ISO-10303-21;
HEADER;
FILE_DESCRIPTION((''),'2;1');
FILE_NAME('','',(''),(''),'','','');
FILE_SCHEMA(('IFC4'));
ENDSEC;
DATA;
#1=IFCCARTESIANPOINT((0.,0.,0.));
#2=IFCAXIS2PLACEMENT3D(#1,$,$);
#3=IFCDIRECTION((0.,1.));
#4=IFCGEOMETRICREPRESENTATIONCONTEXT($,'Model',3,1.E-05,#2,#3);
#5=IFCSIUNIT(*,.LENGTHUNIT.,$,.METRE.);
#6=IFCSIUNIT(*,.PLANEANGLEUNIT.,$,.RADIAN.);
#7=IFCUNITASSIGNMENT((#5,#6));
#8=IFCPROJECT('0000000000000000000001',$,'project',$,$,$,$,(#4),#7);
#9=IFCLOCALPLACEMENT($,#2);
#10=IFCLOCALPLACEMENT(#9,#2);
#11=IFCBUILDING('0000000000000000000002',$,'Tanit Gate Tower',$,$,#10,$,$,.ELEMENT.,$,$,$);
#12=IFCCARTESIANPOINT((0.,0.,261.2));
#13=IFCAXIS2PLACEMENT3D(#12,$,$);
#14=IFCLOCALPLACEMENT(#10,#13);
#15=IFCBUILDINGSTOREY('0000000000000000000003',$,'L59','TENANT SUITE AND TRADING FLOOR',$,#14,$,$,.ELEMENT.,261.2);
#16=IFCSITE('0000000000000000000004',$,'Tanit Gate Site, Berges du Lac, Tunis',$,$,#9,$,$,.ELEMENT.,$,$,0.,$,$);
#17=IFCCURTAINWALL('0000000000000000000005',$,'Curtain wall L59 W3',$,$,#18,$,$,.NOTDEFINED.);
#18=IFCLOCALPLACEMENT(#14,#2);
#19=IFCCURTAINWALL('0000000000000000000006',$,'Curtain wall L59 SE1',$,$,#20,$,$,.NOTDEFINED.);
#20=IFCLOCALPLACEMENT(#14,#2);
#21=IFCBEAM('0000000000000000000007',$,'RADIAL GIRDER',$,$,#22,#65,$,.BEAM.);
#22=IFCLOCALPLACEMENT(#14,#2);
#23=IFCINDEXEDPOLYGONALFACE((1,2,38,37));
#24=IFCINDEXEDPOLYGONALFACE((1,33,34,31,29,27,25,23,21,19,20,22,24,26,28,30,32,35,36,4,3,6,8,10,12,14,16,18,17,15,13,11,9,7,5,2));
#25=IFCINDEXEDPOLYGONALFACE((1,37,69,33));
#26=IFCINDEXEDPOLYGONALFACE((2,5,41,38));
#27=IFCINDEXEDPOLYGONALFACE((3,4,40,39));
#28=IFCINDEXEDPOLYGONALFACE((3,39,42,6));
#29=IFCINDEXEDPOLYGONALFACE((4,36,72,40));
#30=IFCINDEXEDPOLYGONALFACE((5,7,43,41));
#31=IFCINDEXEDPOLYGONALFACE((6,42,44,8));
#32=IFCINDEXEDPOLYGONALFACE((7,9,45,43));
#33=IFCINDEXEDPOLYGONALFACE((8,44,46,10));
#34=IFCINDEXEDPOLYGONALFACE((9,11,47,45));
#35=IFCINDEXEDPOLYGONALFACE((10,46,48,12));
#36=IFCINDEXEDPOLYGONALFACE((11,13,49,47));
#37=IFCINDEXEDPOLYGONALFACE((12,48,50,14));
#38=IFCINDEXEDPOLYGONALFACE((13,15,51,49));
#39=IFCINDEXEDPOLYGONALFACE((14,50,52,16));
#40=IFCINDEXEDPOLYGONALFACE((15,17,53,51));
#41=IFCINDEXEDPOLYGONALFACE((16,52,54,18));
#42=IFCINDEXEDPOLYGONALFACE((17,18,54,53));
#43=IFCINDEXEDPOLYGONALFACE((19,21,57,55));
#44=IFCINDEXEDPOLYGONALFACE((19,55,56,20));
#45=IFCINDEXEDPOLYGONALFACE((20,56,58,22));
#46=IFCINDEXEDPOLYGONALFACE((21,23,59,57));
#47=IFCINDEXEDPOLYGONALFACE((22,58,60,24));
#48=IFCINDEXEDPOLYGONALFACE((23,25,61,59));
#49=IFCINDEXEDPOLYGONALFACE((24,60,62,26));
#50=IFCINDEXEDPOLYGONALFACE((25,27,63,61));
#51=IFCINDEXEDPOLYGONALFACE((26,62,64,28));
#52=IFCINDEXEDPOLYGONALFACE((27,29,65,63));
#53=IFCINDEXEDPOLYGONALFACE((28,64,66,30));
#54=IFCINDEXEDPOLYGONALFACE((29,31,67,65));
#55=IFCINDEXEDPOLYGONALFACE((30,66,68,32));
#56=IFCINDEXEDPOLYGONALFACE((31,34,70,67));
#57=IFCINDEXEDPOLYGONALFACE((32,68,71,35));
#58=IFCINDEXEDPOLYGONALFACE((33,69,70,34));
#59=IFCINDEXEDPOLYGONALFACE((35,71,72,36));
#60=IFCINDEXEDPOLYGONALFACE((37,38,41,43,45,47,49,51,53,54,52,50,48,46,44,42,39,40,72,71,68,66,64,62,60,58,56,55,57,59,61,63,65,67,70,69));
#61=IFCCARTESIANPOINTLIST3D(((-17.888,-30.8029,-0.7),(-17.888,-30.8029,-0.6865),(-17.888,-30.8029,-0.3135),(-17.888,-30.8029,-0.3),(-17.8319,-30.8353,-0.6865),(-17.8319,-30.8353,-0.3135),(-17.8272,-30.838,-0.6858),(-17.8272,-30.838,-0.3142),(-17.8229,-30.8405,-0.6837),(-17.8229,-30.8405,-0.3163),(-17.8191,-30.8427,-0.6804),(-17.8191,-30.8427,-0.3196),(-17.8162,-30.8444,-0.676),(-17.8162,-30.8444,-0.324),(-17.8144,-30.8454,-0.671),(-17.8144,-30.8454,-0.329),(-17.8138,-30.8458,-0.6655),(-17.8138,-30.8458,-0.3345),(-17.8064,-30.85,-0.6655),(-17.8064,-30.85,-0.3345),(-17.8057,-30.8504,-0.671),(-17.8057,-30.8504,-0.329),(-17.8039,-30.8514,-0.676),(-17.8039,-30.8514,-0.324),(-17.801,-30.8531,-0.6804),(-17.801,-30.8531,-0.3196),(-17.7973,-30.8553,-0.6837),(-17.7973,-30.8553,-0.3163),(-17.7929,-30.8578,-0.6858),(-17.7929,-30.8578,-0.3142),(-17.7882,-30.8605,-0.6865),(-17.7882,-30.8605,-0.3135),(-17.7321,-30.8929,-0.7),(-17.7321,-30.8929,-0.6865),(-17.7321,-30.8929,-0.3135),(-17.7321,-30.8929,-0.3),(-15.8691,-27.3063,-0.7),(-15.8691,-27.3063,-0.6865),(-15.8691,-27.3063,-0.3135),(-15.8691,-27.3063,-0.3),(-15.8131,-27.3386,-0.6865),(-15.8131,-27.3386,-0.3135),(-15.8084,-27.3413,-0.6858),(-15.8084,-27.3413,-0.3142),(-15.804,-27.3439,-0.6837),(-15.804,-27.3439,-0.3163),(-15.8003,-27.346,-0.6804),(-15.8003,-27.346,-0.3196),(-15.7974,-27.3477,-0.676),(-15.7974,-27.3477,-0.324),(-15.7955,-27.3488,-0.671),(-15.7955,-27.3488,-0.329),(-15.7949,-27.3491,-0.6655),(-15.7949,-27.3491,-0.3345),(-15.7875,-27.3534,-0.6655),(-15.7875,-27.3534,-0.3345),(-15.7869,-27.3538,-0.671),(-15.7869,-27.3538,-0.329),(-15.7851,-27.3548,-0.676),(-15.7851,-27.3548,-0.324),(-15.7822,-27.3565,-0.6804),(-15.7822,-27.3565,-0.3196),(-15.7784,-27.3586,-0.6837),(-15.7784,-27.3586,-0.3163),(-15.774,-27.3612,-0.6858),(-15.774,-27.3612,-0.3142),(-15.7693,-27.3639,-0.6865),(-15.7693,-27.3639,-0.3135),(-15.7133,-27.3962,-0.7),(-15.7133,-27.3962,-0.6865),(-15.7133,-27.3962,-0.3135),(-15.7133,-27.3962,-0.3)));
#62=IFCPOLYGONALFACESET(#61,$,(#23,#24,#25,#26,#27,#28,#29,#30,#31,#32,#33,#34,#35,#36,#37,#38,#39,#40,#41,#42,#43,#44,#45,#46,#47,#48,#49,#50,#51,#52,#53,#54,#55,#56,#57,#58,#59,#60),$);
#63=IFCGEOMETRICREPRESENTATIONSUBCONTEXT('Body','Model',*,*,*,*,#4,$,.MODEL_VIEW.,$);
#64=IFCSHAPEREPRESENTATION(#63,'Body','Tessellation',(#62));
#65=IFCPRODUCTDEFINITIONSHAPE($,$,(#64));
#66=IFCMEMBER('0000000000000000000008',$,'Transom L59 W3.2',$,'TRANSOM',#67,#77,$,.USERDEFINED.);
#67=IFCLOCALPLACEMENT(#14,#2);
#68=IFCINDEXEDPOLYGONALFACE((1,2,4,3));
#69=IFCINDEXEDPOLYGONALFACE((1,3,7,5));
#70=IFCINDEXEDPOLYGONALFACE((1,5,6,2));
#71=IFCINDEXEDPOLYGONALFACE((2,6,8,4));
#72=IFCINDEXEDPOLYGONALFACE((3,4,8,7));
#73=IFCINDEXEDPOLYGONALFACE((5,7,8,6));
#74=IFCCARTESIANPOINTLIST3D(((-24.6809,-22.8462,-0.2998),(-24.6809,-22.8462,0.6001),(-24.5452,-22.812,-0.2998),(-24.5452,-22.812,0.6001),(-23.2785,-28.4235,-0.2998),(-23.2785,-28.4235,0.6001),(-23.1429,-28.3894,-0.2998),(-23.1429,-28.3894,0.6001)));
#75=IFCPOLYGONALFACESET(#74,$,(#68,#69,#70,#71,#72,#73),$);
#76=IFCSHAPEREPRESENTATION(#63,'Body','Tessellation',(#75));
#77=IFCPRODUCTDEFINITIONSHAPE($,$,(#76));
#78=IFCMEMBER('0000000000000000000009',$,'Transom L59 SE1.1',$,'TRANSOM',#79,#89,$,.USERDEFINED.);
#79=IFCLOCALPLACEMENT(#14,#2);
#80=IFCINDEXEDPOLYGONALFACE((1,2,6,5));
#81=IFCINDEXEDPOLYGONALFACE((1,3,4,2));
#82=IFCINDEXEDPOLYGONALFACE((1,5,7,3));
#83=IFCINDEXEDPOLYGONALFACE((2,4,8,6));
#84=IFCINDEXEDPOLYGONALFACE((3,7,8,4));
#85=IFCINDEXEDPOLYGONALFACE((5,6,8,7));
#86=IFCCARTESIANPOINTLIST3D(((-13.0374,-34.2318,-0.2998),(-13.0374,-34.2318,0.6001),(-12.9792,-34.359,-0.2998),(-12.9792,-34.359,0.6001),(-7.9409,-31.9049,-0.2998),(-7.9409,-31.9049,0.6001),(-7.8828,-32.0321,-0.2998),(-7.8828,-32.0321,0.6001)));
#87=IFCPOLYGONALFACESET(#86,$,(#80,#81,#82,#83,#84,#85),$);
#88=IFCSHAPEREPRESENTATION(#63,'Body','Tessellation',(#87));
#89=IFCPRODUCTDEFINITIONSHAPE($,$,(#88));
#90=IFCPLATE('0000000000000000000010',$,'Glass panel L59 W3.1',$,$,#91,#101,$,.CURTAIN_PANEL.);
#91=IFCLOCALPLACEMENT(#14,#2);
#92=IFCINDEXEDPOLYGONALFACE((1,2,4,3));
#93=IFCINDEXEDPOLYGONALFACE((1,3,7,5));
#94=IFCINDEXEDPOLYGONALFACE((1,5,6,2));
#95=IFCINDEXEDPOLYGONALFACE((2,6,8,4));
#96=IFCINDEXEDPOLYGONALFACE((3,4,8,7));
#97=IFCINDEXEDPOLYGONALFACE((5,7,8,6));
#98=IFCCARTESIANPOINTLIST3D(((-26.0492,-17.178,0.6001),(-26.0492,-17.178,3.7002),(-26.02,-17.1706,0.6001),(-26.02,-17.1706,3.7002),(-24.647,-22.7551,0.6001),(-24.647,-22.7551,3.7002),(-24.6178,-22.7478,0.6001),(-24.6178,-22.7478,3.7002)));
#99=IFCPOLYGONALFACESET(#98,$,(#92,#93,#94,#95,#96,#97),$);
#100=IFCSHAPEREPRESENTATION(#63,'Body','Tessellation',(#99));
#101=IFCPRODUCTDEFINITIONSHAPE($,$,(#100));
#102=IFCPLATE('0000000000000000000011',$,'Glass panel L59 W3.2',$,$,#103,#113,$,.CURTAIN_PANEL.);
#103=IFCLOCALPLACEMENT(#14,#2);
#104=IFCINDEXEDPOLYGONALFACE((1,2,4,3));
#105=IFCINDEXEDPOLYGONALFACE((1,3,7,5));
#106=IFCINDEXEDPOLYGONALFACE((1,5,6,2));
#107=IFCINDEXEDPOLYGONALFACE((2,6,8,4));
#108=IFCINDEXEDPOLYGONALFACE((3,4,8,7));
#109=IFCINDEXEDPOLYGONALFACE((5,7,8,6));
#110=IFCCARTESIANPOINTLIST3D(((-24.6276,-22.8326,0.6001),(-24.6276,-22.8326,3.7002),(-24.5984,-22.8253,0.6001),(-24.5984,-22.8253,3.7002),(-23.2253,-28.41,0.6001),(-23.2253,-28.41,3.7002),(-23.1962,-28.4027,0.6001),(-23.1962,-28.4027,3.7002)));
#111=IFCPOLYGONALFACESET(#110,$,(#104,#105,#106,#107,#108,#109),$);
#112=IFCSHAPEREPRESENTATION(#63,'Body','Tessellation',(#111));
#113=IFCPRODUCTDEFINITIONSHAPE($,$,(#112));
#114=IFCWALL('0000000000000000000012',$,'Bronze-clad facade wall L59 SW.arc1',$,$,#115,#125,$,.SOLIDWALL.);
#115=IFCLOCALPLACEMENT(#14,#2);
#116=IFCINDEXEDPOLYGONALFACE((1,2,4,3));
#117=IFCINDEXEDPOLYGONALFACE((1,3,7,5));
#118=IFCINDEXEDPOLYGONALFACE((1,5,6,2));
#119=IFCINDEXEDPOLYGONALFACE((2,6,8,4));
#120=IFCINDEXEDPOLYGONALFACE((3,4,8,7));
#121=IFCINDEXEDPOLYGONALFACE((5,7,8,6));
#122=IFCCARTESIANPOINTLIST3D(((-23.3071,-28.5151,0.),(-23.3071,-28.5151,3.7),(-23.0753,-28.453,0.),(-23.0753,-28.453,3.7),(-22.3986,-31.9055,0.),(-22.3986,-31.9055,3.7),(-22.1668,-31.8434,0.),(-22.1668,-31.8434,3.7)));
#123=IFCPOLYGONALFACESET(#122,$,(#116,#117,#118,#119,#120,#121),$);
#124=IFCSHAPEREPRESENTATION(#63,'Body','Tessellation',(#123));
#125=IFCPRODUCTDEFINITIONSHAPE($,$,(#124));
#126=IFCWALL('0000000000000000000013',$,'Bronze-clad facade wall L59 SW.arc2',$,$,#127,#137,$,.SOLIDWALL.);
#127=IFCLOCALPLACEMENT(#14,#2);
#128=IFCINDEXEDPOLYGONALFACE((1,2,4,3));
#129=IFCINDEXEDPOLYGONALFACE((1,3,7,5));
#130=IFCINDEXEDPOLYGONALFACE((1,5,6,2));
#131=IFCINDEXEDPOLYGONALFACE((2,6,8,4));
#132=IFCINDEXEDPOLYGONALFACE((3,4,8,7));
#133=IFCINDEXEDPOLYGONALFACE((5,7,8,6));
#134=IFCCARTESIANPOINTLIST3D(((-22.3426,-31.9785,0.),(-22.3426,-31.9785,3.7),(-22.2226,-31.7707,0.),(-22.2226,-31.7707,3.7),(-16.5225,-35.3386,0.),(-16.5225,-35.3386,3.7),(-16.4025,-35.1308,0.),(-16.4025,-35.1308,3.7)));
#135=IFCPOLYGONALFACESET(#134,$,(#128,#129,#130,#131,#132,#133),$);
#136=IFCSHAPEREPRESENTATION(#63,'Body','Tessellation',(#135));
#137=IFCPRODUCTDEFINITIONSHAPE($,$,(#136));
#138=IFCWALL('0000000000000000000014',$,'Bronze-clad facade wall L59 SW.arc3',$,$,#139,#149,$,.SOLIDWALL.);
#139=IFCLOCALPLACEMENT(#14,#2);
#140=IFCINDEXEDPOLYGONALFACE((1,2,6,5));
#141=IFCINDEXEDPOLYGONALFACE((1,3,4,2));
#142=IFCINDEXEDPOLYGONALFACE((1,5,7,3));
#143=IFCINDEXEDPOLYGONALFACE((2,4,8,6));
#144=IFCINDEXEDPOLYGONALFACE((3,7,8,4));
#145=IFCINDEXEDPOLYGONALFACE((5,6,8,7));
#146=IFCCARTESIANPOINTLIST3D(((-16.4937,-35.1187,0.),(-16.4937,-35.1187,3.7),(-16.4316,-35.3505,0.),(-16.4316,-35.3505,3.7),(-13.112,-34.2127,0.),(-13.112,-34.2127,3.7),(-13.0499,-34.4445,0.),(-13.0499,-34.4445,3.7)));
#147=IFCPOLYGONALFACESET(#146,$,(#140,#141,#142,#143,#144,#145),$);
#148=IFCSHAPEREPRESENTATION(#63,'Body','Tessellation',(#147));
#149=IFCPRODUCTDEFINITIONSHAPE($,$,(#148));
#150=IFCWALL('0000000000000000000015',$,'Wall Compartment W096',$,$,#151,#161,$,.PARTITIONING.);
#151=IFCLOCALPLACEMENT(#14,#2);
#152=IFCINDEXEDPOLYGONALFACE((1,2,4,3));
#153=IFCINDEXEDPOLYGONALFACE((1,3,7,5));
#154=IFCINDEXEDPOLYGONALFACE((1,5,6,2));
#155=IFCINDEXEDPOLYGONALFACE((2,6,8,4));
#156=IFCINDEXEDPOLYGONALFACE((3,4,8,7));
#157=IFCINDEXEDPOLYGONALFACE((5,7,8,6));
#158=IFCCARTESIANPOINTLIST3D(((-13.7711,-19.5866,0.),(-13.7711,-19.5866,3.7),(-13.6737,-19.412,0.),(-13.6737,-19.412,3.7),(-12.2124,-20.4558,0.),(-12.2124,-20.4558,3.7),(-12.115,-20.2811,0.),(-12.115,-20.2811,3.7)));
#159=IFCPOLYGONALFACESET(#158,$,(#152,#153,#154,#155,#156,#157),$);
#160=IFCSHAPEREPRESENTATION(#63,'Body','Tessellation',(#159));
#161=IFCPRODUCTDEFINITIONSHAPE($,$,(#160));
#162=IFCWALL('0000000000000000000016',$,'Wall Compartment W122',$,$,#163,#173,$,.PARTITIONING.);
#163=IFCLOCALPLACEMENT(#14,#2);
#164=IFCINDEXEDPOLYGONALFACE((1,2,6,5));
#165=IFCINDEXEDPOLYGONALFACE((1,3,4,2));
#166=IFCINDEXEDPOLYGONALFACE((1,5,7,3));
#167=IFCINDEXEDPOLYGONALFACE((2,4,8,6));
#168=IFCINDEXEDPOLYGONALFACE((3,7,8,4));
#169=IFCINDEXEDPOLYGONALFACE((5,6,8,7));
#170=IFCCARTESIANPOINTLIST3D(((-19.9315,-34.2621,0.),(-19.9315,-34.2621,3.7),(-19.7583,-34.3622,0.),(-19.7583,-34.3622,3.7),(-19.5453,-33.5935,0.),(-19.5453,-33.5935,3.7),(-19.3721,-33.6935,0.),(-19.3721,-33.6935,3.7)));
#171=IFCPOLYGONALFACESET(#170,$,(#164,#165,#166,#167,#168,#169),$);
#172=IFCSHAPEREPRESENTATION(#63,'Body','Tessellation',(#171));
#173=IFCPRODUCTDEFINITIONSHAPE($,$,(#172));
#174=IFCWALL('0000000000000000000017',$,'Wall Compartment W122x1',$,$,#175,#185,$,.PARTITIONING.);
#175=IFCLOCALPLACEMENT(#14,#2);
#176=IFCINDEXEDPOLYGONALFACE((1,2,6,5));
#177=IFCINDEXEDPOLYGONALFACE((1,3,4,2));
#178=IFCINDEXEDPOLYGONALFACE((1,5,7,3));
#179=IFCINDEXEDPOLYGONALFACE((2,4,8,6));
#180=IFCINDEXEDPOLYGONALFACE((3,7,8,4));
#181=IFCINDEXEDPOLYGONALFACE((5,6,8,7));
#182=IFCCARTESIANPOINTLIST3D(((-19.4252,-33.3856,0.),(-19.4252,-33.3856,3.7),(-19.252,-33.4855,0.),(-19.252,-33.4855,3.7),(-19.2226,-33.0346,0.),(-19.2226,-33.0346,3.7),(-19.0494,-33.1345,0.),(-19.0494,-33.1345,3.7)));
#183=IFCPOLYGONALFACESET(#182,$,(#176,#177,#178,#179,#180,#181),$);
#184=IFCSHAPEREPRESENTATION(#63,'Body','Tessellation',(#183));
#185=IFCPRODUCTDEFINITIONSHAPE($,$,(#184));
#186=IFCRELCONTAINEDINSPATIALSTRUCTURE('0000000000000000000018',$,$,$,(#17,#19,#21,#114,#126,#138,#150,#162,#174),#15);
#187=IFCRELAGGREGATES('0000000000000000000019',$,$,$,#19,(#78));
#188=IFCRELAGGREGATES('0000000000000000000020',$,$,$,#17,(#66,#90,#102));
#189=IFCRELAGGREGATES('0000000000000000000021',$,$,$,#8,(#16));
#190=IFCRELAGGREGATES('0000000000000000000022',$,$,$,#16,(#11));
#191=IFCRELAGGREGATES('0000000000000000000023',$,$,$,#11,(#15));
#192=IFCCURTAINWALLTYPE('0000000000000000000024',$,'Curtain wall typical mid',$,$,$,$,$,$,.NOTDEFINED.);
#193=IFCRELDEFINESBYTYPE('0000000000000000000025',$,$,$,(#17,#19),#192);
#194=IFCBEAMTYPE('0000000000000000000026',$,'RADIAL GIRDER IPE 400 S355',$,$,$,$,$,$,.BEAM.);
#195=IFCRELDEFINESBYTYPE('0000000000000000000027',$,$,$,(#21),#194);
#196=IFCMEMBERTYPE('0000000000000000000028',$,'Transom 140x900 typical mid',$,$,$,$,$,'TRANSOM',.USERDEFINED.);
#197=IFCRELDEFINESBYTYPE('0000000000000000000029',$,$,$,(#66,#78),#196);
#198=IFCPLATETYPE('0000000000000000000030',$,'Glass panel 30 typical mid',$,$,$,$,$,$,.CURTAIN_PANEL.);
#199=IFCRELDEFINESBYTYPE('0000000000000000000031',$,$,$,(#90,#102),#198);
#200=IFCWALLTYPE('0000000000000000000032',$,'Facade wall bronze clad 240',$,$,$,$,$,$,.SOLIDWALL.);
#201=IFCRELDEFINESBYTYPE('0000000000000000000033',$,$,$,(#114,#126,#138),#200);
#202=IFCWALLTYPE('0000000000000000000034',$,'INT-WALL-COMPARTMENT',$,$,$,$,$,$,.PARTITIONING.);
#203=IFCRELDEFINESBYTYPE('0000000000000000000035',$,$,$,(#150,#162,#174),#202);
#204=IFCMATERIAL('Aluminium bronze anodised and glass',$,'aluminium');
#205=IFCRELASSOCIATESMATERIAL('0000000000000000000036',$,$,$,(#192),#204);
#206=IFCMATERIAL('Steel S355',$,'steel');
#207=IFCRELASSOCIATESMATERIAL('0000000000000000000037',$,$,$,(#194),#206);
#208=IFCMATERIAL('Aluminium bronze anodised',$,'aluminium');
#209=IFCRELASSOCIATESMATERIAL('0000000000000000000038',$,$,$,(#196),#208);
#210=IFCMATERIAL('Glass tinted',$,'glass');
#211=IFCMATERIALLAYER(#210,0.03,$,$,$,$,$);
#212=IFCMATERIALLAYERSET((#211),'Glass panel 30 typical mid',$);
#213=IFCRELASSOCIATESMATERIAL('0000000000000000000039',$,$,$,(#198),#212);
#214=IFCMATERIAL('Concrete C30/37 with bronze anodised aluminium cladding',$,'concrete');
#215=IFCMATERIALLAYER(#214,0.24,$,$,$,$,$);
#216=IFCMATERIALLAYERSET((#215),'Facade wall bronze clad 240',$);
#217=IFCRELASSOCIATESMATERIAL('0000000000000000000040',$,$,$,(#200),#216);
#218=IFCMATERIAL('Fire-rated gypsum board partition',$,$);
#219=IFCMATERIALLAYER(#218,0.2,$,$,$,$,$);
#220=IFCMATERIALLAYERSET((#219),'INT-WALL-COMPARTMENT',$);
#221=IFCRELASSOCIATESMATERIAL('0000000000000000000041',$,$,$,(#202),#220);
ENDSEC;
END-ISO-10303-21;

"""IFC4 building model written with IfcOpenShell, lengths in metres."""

from ifc_helpers import new_model, si_unit, direction, frame, frame_2d, origin, origin_2d, place, context, subcontext, project, spatial, rectangle, i_section, extrude, material, layer, layer_set, material_profile, profile_set, type_object, element, aggregate, save


model = new_model("IFC4")

# Units and contexts
model_context = context("Model", 3, precision=1e-05, world=origin(), true_north=direction((0.0, 1.0)))
body_context = subcontext(model_context, "Body", "Model", "MODEL_VIEW")
ifc_project = project(units=[si_unit("LENGTHUNIT", "METRE"), si_unit("PLANEANGLEUNIT", "RADIAN")], contexts=[model_context])

# Site, building, storey
site_placement = place(None, origin())
site = spatial("IfcSite", under=ifc_project, at=site_placement, Name="Tanit Gate Site, Berges du Lac, Tunis", CompositionType="ELEMENT", RefElevation=0.0)
building_placement = place(site_placement, origin())
building = spatial("IfcBuilding", under=site, at=building_placement, Name="Tanit Gate Tower", CompositionType="ELEMENT")
storey_placement = place(building_placement, frame((0.0, 0.0, 261.2)))
storey = spatial("IfcBuildingStorey", under=building, at=storey_placement, Name="L59", Description="TENANT SUITE AND TRADING FLOOR", CompositionType="ELEMENT", Elevation=261.2)

# Curtain wall
ifc_material_1 = material(Name="Aluminium bronze anodised and glass", Category="aluminium")
curtain_wall_type = type_object("IfcCurtainWallType", Name="Curtain wall typical mid", PredefinedType="NOTDEFINED", material=ifc_material_1)
curtain_wall_1_placement = place(storey_placement, origin())
curtain_wall_1 = element("IfcCurtainWall", 1, at=curtain_wall_1_placement, inside=storey, type_object=curtain_wall_type, Name="Curtain wall L59 W3", PredefinedType="NOTDEFINED")

# Curtain wall
curtain_wall_2_placement = place(storey_placement, origin())
curtain_wall_2 = element("IfcCurtainWall", 2, at=curtain_wall_2_placement, inside=storey, type_object=curtain_wall_type, Name="Curtain wall L59 SE1", PredefinedType="NOTDEFINED")

# Beam
ifc_material_2 = material(Name="Steel S355", Category="steel")
ifc_material_profile_1 = material_profile(ifc_material_2, i_section(OverallWidth=0.1799, OverallDepth=0.3999, WebThickness=0.0085, FlangeThickness=0.0134, FilletRadius=0.021, at=origin_2d()), Name="IPE 400")
ifc_profile_set_1 = profile_set([ifc_material_profile_1], Name="Steel S355")
beam_type_1 = type_object("IfcBeamType", Name="RADIAL GIRDER IPE 400 S355", PredefinedType="BEAM", material=ifc_profile_set_1)
beam_1_placement = place(storey_placement, frame((-17.8101, -30.8479, -0.5), z_axis=(0.500009, 0.86602, 0.0), x_axis=(-0.86602, 0.500009, 0.0)))
element("IfcBeam", 3, at=beam_1_placement, inside=storey, type_object=beam_type_1, Name="RADIAL GIRDER", PredefinedType="BEAM", context=body_context, shape_type="SweptSolid", body=[
    extrude(i_section(OverallWidth=0.1799, OverallDepth=0.3999, WebThickness=0.0085, FlangeThickness=0.0134, FilletRadius=0.021, at=origin_2d()), origin(), (0.0, 0.0, 1.0), 4.0376),
])

# Members
ifc_material_3 = material(Name="Aluminium bronze anodised", Category="aluminium")
ifc_material_profile_2 = material_profile(ifc_material_3, rectangle(XDim=0.1399, YDim=0.8999, at=origin_2d()), Name="140x900 bronze transom")
ifc_profile_set_2 = profile_set([ifc_material_profile_2], Name="Aluminium bronze anodised")
member_type_1 = type_object("IfcMemberType", Name="Transom 140x900 typical mid", ElementType="TRANSOM", PredefinedType="USERDEFINED", material=ifc_profile_set_2)
member_1_placement = place(storey_placement, frame((-24.613, -22.8291, 0.1501), z_axis=(0.243844, -0.969814, 0.0), x_axis=(0.969814, 0.243844, 0.0)))
member_1 = element("IfcMember", 4, at=member_1_placement, type_object=member_type_1, Name="Transom L59 W3.2", ObjectType="TRANSOM", PredefinedType="USERDEFINED", context=body_context, shape_type="SweptSolid", body=[
    extrude(rectangle(XDim=0.1399, YDim=0.8999, at=origin_2d()), origin(), (0.0, 0.0, 1.0), 5.751),
])
member_2_placement = place(storey_placement, frame((-13.0083, -34.2954, 0.1501), z_axis=(0.90967, 0.415332, 0.0), x_axis=(-0.415332, 0.90967, 0.0)))
member_2 = element("IfcMember", 5, at=member_2_placement, type_object=member_type_1, Name="Transom L59 SE1.1", ObjectType="TRANSOM", PredefinedType="USERDEFINED", context=body_context, shape_type="SweptSolid", body=[
    extrude(rectangle(XDim=0.1399, YDim=0.8999, at=origin_2d()), origin(), (0.0, 0.0, 1.0), 5.6025),
])
aggregate(curtain_wall_2, [member_2])

# Plates
ifc_material_4 = material(Name="Glass tinted", Category="glass")
ifc_layer_1 = layer(ifc_material_4, 0.03)
ifc_layer_set_1 = layer_set([ifc_layer_1], Name="Glass panel 30 typical mid")
plate_type = type_object("IfcPlateType", Name="Glass panel 30 typical mid", PredefinedType="CURTAIN_PANEL", material=ifc_layer_set_1)
plate_1_placement = place(storey_placement, frame((-25.3335, -19.9629, 0.6001), z_axis=(0.0, 0.0, 1.0), x_axis=(0.243832, -0.969818, 0.0)))
plate_1 = element("IfcPlate", 6, at=plate_1_placement, type_object=plate_type, Name="Glass panel L59 W3.1", PredefinedType="CURTAIN_PANEL", context=body_context, shape_type="SweptSolid", body=[
    extrude(rectangle(XDim=5.7507, YDim=0.03, at=origin_2d()), origin(), (0.0, 0.0, 1.0), 3.1001),
])
plate_2_placement = place(storey_placement, frame((-23.9119, -25.6177, 0.6001), z_axis=(0.0, 0.0, 1.0), x_axis=(0.243832, -0.969818, 0.0)))
plate_2 = element("IfcPlate", 7, at=plate_2_placement, type_object=plate_type, Name="Glass panel L59 W3.2", PredefinedType="CURTAIN_PANEL", context=body_context, shape_type="SweptSolid", body=[
    extrude(rectangle(XDim=5.751, YDim=0.03, at=origin_2d()), origin(), (0.0, 0.0, 1.0), 3.1001),
])
aggregate(curtain_wall_1, [member_1, plate_1, plate_2])

# Walls
ifc_material_5 = material(Name="Concrete C30/37 with bronze anodised aluminium cladding", Category="concrete")
ifc_layer_2 = layer(ifc_material_5, 0.24)
ifc_layer_set_2 = layer_set([ifc_layer_2], Name="Facade wall bronze clad 240")
wall_type_1 = type_object("IfcWallType", Name="Facade wall bronze clad 240", PredefinedType="SOLIDWALL", material=ifc_layer_set_2)
wall_1_placement = place(storey_placement, frame((-23.1912, -28.4841, 0.0), z_axis=(0.0, 0.0, 1.0), x_axis=(0.258818, -0.965926, 0.0)))
element("IfcWall", 8, at=wall_1_placement, inside=storey, type_object=wall_type_1, Name="Bronze-clad facade wall L59 SW.arc1", PredefinedType="SOLIDWALL", context=body_context, shape_type="SweptSolid", body=[
    extrude(rectangle(XDim=3.51, YDim=0.24, at=frame_2d((1.7549, 0.0))), origin(), (0.0, 0.0, 1.0), 3.7),
])
wall_2_placement = place(storey_placement, frame((-22.2827, -31.8745, 0.0), z_axis=(0.0, 0.0, 1.0), x_axis=(0.866033, -0.499988, 0.0)))
element("IfcWall", 9, at=wall_2_placement, inside=storey, type_object=wall_type_1, Name="Bronze-clad facade wall L59 SW.arc2", PredefinedType="SOLIDWALL", context=body_context, shape_type="SweptSolid", body=[
    extrude(rectangle(XDim=6.7205, YDim=0.24, at=frame_2d((3.3604, 0.0))), origin(), (0.0, 0.0, 1.0), 3.7),
])
wall_3_placement = place(storey_placement, frame((-16.4626, -35.2346, 0.0), z_axis=(0.0, 0.0, 1.0), x_axis=(0.965932, 0.258795, 0.0)))
element("IfcWall", 10, at=wall_3_placement, inside=storey, type_object=wall_type_1, Name="Bronze-clad facade wall L59 SW.arc3", PredefinedType="SOLIDWALL", context=body_context, shape_type="SweptSolid", body=[
    extrude(rectangle(XDim=3.501, YDim=0.24, at=frame_2d((1.7505, 0.0))), origin(), (0.0, 0.0, 1.0), 3.7),
])
ifc_material_6 = material(Name="Fire-rated gypsum board partition")
ifc_layer_3 = layer(ifc_material_6, 0.2)
ifc_layer_set_3 = layer_set([ifc_layer_3], Name="INT-WALL-COMPARTMENT")
wall_type_2 = type_object("IfcWallType", Name="INT-WALL-COMPARTMENT", PredefinedType="PARTITIONING", material=ifc_layer_set_3)
wall_4_placement = place(storey_placement, frame((-13.7224, -19.4993, 0.0), z_axis=(0.0, 0.0, 1.0), x_axis=(0.873382, -0.487036, 0.0)))
element("IfcWall", 11, at=wall_4_placement, inside=storey, type_object=wall_type_2, Name="Wall Compartment W096", PredefinedType="PARTITIONING", context=body_context, shape_type="SweptSolid", body=[
    extrude(rectangle(XDim=1.7847, YDim=0.2, at=frame_2d((0.8923, 0.0))), origin(), (0.0, 0.0, 1.0), 3.7),
])
wall_5_placement = place(storey_placement, frame((-19.845, -34.3123, 0.0), z_axis=(0.0, 0.0, 1.0), x_axis=(0.500151, 0.865938, 0.0)))
element("IfcWall", 12, at=wall_5_placement, inside=storey, type_object=wall_type_2, Name="Wall Compartment W122", PredefinedType="PARTITIONING", context=body_context, shape_type="SweptSolid", body=[
    extrude(rectangle(XDim=0.7722, YDim=0.2, at=frame_2d((0.3862, 0.0))), origin(), (0.0, 0.0, 1.0), 3.7),
])
wall_6_placement = place(storey_placement, frame((-19.3386, -33.4355, 0.0), z_axis=(0.0, 0.0, 1.0), x_axis=(0.499896, 0.866085, 0.0)))
element("IfcWall", 13, at=wall_6_placement, inside=storey, type_object=wall_type_2, Name="Wall Compartment W122x1", PredefinedType="PARTITIONING", context=body_context, shape_type="SweptSolid", body=[
    extrude(rectangle(XDim=0.4053, YDim=0.2, at=frame_2d((0.2026, 0.0))), origin(), (0.0, 0.0, 1.0), 3.7),
])

save(model, "model.ifc")
